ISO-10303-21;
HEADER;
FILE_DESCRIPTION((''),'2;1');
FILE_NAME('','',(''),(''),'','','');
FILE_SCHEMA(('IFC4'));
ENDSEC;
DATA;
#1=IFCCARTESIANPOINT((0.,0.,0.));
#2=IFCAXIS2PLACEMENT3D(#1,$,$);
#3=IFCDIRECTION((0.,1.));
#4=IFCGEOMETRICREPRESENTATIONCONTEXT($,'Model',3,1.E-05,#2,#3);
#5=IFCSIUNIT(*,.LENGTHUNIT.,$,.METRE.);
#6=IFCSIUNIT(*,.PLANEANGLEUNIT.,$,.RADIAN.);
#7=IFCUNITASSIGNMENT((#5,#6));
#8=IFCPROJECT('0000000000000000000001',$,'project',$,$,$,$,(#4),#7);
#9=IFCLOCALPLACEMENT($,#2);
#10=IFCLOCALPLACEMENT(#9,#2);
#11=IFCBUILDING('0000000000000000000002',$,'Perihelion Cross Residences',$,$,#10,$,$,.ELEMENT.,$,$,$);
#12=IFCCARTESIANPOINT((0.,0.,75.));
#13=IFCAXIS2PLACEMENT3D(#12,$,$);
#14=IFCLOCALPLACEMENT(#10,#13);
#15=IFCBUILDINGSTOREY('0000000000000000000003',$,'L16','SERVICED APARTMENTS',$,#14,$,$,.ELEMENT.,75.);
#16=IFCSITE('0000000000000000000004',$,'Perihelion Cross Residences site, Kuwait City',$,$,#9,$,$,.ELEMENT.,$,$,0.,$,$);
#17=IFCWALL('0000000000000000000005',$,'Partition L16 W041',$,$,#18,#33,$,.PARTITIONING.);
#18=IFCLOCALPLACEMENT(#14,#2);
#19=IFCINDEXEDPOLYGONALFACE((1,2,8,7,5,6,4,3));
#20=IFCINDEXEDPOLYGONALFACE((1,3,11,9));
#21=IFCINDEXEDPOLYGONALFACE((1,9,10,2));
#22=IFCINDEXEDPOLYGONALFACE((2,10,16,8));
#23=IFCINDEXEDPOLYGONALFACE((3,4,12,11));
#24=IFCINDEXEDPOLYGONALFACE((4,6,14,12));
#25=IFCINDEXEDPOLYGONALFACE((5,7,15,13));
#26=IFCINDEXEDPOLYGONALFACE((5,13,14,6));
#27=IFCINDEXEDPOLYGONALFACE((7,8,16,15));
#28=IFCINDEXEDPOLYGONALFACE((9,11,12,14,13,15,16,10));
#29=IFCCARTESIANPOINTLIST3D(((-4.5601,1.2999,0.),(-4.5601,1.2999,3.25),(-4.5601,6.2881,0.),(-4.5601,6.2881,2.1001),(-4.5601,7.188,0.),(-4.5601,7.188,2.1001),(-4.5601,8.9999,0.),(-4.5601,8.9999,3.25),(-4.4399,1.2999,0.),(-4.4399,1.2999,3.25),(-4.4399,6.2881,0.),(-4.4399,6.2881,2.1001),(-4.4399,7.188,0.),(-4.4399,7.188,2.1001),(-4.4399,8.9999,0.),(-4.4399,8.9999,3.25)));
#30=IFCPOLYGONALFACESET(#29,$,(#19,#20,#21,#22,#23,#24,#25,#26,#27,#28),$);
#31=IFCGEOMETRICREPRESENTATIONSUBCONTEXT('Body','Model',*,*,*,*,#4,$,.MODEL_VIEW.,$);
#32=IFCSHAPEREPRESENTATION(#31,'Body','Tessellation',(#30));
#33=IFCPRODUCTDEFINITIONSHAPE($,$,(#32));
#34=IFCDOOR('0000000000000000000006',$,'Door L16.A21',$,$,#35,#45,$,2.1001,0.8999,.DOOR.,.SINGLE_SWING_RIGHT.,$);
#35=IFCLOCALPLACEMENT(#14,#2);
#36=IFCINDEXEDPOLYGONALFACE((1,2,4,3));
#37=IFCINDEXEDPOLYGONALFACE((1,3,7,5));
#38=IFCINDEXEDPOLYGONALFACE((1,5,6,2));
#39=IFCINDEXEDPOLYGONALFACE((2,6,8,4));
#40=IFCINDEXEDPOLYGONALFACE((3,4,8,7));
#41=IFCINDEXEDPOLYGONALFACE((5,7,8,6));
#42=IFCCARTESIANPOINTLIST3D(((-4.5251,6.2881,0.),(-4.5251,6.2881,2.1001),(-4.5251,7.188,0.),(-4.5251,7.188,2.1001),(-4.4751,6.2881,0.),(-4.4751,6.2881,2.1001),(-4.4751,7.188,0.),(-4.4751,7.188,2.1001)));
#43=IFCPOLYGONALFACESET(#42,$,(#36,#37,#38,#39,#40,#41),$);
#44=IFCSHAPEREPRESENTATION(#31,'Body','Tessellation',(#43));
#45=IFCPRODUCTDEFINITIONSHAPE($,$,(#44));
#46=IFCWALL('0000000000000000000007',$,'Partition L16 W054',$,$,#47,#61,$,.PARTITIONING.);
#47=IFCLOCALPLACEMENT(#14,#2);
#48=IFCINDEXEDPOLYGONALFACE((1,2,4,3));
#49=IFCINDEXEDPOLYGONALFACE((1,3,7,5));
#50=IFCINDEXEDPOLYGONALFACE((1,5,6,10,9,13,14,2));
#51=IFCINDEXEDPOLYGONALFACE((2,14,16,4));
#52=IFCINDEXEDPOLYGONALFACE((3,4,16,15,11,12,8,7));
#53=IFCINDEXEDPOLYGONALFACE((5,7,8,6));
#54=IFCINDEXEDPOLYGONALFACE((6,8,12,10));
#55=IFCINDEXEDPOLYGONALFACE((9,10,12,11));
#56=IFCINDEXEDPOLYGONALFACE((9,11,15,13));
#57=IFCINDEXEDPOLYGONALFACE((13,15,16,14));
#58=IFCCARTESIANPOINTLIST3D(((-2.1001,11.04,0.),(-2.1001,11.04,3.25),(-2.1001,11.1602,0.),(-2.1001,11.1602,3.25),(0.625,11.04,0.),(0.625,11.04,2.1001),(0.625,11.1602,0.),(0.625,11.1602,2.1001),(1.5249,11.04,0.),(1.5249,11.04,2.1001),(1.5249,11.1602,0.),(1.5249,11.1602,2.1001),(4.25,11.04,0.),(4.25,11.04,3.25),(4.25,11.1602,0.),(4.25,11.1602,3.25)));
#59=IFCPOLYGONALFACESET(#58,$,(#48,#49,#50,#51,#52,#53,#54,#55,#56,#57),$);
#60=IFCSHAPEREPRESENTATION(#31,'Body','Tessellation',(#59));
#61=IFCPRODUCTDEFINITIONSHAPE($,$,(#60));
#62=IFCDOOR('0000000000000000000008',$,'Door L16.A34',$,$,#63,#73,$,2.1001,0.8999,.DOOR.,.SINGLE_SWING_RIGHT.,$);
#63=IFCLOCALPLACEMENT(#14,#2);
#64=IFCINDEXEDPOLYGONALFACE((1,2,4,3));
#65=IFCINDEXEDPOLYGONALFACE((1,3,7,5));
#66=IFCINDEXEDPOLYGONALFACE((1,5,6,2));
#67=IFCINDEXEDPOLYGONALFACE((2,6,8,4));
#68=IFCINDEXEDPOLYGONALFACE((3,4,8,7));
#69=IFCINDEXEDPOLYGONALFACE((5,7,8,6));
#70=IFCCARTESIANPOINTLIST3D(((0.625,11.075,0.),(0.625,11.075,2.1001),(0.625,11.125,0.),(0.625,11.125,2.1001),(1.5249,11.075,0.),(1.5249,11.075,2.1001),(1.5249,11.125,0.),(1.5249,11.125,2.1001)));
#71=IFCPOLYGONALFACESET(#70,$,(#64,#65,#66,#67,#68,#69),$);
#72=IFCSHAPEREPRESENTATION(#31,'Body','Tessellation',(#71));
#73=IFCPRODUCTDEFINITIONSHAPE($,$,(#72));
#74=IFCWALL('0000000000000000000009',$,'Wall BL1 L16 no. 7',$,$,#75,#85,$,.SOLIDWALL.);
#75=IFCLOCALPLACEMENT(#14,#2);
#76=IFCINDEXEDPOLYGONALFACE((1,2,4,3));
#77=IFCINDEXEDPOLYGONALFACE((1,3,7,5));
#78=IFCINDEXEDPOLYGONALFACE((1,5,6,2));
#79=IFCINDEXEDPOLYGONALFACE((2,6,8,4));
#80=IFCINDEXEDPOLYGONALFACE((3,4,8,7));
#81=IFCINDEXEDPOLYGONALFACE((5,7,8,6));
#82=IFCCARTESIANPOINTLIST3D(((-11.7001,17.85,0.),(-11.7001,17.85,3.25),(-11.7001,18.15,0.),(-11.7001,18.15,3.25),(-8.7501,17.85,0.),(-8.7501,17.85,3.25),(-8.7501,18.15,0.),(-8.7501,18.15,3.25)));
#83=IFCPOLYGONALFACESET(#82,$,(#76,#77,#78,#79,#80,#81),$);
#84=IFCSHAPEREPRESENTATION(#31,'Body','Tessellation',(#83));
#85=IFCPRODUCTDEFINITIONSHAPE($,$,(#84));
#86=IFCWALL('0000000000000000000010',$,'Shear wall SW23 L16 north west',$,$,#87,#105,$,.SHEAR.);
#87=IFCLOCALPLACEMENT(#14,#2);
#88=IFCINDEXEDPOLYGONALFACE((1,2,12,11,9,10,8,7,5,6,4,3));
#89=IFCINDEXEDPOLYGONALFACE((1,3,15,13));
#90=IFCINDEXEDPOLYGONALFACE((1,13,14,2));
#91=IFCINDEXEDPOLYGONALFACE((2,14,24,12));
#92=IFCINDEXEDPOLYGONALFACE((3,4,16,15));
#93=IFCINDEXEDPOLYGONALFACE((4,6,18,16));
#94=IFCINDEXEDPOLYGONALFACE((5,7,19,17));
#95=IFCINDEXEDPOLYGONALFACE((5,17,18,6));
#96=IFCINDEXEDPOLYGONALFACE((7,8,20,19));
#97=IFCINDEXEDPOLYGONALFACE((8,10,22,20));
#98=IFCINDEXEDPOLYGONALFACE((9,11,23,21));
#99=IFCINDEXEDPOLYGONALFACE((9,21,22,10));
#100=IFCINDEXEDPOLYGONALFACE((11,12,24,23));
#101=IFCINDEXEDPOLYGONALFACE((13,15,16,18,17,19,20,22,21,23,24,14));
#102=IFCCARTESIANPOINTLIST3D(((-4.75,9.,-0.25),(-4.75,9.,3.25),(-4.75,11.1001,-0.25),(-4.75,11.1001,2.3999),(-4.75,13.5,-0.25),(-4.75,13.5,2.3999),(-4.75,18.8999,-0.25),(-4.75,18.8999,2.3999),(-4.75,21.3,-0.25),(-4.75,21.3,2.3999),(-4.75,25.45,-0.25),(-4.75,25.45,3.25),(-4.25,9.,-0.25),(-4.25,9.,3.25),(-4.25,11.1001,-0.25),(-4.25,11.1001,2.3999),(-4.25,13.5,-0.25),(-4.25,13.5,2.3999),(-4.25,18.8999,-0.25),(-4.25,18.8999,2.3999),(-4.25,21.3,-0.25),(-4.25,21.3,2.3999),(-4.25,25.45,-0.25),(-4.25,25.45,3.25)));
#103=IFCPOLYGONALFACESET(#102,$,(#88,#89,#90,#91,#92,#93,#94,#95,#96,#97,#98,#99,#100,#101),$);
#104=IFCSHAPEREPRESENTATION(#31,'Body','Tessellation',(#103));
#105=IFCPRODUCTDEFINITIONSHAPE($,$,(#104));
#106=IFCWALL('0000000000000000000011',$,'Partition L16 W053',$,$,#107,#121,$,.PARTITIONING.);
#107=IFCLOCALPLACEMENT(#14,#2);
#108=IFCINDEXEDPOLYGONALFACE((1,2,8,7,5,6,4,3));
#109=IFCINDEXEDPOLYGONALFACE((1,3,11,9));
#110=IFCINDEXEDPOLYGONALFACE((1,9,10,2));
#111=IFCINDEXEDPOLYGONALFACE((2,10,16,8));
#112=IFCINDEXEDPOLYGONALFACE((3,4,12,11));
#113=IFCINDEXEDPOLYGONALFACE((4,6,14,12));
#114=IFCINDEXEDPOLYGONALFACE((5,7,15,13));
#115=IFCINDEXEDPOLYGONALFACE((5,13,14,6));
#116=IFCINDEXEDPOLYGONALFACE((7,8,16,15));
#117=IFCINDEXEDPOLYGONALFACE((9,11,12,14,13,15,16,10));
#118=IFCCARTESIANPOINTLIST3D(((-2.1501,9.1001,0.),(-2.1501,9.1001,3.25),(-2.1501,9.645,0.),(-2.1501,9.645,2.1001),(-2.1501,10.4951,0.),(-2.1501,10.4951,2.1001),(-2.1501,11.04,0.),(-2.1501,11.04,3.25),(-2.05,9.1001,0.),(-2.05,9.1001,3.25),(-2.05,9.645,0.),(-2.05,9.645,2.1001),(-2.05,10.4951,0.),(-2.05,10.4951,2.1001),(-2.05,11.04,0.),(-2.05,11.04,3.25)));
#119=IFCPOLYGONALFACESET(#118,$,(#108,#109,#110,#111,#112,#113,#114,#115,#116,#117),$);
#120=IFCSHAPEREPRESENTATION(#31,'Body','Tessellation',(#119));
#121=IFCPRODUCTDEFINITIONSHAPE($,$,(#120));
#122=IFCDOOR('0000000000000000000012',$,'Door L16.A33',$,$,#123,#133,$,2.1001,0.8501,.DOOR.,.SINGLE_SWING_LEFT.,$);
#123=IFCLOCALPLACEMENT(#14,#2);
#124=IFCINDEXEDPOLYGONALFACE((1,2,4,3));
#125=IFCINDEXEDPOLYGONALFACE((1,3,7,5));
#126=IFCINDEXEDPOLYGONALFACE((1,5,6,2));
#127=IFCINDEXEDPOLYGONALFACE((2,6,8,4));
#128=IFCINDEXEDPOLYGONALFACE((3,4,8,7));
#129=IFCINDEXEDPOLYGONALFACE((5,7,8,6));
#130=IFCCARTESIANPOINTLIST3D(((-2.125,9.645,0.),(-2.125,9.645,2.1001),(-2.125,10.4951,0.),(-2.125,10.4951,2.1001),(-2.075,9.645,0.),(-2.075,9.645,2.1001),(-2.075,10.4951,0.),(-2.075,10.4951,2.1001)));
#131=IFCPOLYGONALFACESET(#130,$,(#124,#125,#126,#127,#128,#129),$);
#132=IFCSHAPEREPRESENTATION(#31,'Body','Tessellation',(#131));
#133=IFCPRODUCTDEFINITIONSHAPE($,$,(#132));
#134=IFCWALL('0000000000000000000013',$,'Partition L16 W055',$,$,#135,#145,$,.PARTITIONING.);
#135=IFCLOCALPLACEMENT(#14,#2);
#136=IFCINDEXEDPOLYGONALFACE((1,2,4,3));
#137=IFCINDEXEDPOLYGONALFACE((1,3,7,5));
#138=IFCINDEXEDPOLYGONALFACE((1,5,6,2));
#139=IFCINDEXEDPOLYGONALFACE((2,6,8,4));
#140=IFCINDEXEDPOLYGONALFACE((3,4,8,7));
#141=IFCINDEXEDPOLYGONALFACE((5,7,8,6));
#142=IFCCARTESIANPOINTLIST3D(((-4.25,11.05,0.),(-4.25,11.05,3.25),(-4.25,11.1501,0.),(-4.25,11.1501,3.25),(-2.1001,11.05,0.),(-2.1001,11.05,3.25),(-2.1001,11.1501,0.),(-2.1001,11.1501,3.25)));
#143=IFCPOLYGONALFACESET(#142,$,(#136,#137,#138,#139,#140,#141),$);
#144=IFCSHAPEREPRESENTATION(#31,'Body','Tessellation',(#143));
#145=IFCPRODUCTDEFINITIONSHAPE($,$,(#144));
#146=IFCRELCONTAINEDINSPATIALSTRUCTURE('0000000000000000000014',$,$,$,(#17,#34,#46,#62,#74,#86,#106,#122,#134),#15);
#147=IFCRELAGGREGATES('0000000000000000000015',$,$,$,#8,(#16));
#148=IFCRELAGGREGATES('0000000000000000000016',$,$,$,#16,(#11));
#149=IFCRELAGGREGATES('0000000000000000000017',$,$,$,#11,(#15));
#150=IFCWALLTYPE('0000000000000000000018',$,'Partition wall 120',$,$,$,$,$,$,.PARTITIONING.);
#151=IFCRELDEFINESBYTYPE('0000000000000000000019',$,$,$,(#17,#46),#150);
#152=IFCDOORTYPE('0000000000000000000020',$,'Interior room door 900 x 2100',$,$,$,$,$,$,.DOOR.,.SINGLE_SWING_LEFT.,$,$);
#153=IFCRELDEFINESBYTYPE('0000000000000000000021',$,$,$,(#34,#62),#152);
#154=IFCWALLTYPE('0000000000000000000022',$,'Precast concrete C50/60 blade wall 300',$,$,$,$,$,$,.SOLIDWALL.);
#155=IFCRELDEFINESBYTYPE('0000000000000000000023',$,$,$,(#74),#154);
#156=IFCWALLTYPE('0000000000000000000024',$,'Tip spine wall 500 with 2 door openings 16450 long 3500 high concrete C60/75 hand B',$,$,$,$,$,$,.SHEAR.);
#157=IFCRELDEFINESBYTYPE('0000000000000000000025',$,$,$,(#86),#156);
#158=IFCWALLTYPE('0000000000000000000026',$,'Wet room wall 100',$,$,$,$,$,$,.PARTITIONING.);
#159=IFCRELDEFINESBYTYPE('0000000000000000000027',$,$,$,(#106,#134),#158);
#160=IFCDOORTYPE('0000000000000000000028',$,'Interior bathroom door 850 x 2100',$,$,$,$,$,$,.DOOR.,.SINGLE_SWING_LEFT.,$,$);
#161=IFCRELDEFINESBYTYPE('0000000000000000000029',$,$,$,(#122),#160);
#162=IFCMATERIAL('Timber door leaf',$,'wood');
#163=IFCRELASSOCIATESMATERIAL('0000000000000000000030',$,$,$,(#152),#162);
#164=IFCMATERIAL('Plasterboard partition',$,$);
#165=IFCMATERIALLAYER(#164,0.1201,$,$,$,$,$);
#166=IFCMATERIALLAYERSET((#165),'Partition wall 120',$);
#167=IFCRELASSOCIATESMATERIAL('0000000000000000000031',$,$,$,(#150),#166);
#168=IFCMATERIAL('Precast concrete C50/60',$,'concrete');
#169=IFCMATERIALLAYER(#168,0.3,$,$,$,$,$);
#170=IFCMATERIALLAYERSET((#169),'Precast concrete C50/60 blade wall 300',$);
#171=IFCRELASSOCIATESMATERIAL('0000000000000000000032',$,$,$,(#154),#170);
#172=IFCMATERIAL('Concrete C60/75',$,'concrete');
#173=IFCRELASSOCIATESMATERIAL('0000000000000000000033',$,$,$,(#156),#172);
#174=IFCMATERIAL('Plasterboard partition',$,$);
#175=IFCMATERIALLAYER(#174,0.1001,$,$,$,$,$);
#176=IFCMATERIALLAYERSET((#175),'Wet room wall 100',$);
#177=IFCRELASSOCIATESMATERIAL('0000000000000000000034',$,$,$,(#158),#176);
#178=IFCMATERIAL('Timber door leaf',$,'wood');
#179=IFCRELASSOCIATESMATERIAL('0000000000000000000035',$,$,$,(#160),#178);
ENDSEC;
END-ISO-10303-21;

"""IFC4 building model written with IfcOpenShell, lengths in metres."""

from ifc_helpers import new_model, si_unit, direction, frame, frame_2d, origin, place, context, subcontext, project, spatial, polyline, rectangle, outline, extrude, material, layer, layer_set, material_profile, profile_set, type_object, element, fill, save


model = new_model("IFC4")

# Units and contexts
model_context = context("Model", 3, precision=1e-05, world=origin(), true_north=direction((0.0, 1.0)))
body_context = subcontext(model_context, "Body", "Model", "MODEL_VIEW")
ifc_project = project(units=[si_unit("LENGTHUNIT", "METRE"), si_unit("PLANEANGLEUNIT", "RADIAN")], contexts=[model_context])

# Site, building, storey
site_placement = place(None, origin())
site = spatial("IfcSite", under=ifc_project, at=site_placement, Name="Perihelion Cross Residences site, Kuwait City", CompositionType="ELEMENT", RefElevation=0.0)
building_placement = place(site_placement, origin())
building = spatial("IfcBuilding", under=site, at=building_placement, Name="Perihelion Cross Residences", CompositionType="ELEMENT")
storey_placement = place(building_placement, frame((0.0, 0.0, 75.0)))
storey = spatial("IfcBuildingStorey", under=building, at=storey_placement, Name="L16", Description="SERVICED APARTMENTS", CompositionType="ELEMENT", Elevation=75.0)

# Walls, openings, doors
ifc_material_1 = material(Name="Timber door leaf", Category="wood")
door_type_1 = type_object("IfcDoorType", Name="Interior room door 900 x 2100", OperationType="SINGLE_SWING_LEFT", PredefinedType="DOOR", material=ifc_material_1)
ifc_material_2 = material(Name="Plasterboard partition")
ifc_layer_1 = layer(ifc_material_2, 0.1201)
ifc_layer_set_1 = layer_set([ifc_layer_1], Name="Partition wall 120")
wall_type_1 = type_object("IfcWallType", Name="Partition wall 120", PredefinedType="PARTITIONING", material=ifc_layer_set_1)
wall_1_placement = place(storey_placement, frame((-4.5, 9.0, 0.0), z_axis=(0.0, 0.0, 1.0), x_axis=(0.0, -1.0, 0.0)))
wall_1 = element("IfcWall", 1, at=wall_1_placement, inside=storey, type_object=wall_type_1, Name="Partition L16 W041", PredefinedType="PARTITIONING", context=body_context, shape_type="SweptSolid", body=[
    extrude(rectangle(XDim=7.7, YDim=0.1201, at=frame_2d((3.8501, 0.0))), origin(), (0.0, 0.0, 1.0), 3.25),
])
opening_1_placement = place(wall_1_placement, frame((1.812, 0.0, 0.0)))
opening_1 = element("IfcOpeningElement", 2, at=opening_1_placement, cuts=wall_1, PredefinedType="OPENING", context=body_context, shape_type="SweptSolid", body=[
    extrude(rectangle(XDim=0.8999, YDim=2.1001, at=frame_2d((0.45, 1.05))), frame((0.0, 0.0701, 0.0), z_axis=(0.0, -1.0, 0.0), x_axis=(1.0, 0.0, 0.0)), (0.0, 0.0, 1.0), 0.1401),
])
door_1_placement = place(opening_1_placement, origin())
door_1 = element("IfcDoor", 3, at=door_1_placement, inside=storey, type_object=door_type_1, Name="Door L16.A21", OperationType="SINGLE_SWING_RIGHT", OverallHeight=2.1001, OverallWidth=0.8999, PredefinedType="DOOR", context=body_context, shape_type="SweptSolid", body=[
    extrude(rectangle(XDim=0.8999, YDim=2.1001, at=frame_2d((0.45, 1.05))), frame((0.0, 0.0249, 0.0), z_axis=(0.0, -1.0, 0.0), x_axis=(1.0, 0.0, 0.0)), (0.0, 0.0, 1.0), 0.05),
])
fill(opening_1, door_1)
wall_2_placement = place(storey_placement, frame((-2.1001, 11.1001, 0.0), z_axis=(0.0, 0.0, 1.0), x_axis=(1.0, 0.0, 0.0)))
wall_2 = element("IfcWall", 4, at=wall_2_placement, inside=storey, type_object=wall_type_1, Name="Partition L16 W054", PredefinedType="PARTITIONING", context=body_context, shape_type="SweptSolid", body=[
    extrude(rectangle(XDim=6.3501, YDim=0.1201, at=frame_2d((3.175, 0.0))), origin(), (0.0, 0.0, 1.0), 3.25),
])
opening_2_placement = place(wall_2_placement, frame((2.7251, 0.0, 0.0)))
opening_2 = element("IfcOpeningElement", 5, at=opening_2_placement, cuts=wall_2, PredefinedType="OPENING", context=body_context, shape_type="SweptSolid", body=[
    extrude(rectangle(XDim=0.8999, YDim=2.1001, at=frame_2d((0.45, 1.05))), frame((0.0, 0.0701, 0.0), z_axis=(0.0, -1.0, 0.0), x_axis=(1.0, 0.0, 0.0)), (0.0, 0.0, 1.0), 0.1401),
])
door_2_placement = place(opening_2_placement, origin())
door_2 = element("IfcDoor", 6, at=door_2_placement, inside=storey, type_object=door_type_1, Name="Door L16.A34", OperationType="SINGLE_SWING_RIGHT", OverallHeight=2.1001, OverallWidth=0.8999, PredefinedType="DOOR", context=body_context, shape_type="SweptSolid", body=[
    extrude(rectangle(XDim=0.8999, YDim=2.1001, at=frame_2d((0.45, 1.05))), frame((0.0, 0.0249, 0.0), z_axis=(0.0, -1.0, 0.0), x_axis=(1.0, 0.0, 0.0)), (0.0, 0.0, 1.0), 0.05),
])
fill(opening_2, door_2)

# Walls
ifc_material_3 = material(Name="Precast concrete C50/60", Category="concrete")
ifc_layer_2 = layer(ifc_material_3, 0.3)
ifc_layer_set_2 = layer_set([ifc_layer_2], Name="Precast concrete C50/60 blade wall 300")
wall_type_2 = type_object("IfcWallType", Name="Precast concrete C50/60 blade wall 300", PredefinedType="SOLIDWALL", material=ifc_layer_set_2)
wall_3_placement = place(storey_placement, frame((-8.75, 18.0, 0.0), z_axis=(0.0, 0.0, 1.0), x_axis=(-1.0, 0.0, 0.0)))
element("IfcWall", 7, at=wall_3_placement, inside=storey, type_object=wall_type_2, Name="Wall BL1 L16 no. 7", PredefinedType="SOLIDWALL", context=body_context, shape_type="SweptSolid", body=[
    extrude(rectangle(XDim=2.95, YDim=0.3, at=frame_2d((1.4751, 0.0))), origin(), (0.0, 0.0, 1.0), 3.25),
])
ifc_material_4 = material(Name="Concrete C60/75", Category="concrete")
ifc_material_profile_1 = material_profile(ifc_material_4, outline(polyline([(0.0, 0.0), (2.1001, 0.0), (2.1001, 2.6499), (4.5, 2.6499), (4.5, 0.0), (9.8999, 0.0), (9.8999, 2.6499), (12.3, 2.6499), (12.3, 0.0), (16.45, 0.0), (16.45, 3.5), (0.0, 3.5), (0.0, 0.0)])), Name="Tip spine wall")
ifc_profile_set_1 = profile_set([ifc_material_profile_1], Name="Concrete C60/75")
wall_type_3 = type_object("IfcWallType", Name="Tip spine wall 500 with 2 door openings 16450 long 3500 high concrete C60/75 hand B", PredefinedType="SHEAR", material=ifc_profile_set_1)
wall_4_placement = place(storey_placement, frame((-4.75, 9.0, -0.25), z_axis=(1.0, 0.0, 0.0), x_axis=(0.0, 1.0, 0.0)))
element("IfcWall", 8, at=wall_4_placement, inside=storey, type_object=wall_type_3, Name="Shear wall SW23 L16 north west", PredefinedType="SHEAR", context=body_context, shape_type="SweptSolid", body=[
    extrude(outline(polyline([(0.0, 0.0), (2.1001, 0.0), (2.1001, 2.6499), (4.5, 2.6499), (4.5, 0.0), (9.8999, 0.0), (9.8999, 2.6499), (12.3, 2.6499), (12.3, 0.0), (16.45, 0.0), (16.45, 3.5), (0.0, 3.5), (0.0, 0.0)])), origin(), (0.0, 0.0, 1.0), 0.5),
])

# Wall, opening, door
ifc_material_5 = material(Name="Plasterboard partition")
ifc_layer_3 = layer(ifc_material_5, 0.1001)
ifc_layer_set_3 = layer_set([ifc_layer_3], Name="Wet room wall 100")
wall_type_4 = type_object("IfcWallType", Name="Wet room wall 100", PredefinedType="PARTITIONING", material=ifc_layer_set_3)
wall_5_placement = place(storey_placement, frame((-2.1001, 9.1001, 0.0), z_axis=(0.0, 0.0, 1.0), x_axis=(0.0, 1.0, 0.0)))
wall_5 = element("IfcWall", 9, at=wall_5_placement, inside=storey, type_object=wall_type_4, Name="Partition L16 W053", PredefinedType="PARTITIONING", context=body_context, shape_type="SweptSolid", body=[
    extrude(rectangle(XDim=1.9399, YDim=0.1001, at=frame_2d((0.97, 0.0))), origin(), (0.0, 0.0, 1.0), 3.25),
])
opening_3_placement = place(wall_5_placement, frame((0.5449, 0.0, 0.0)))
opening_3 = element("IfcOpeningElement", 10, at=opening_3_placement, cuts=wall_5, PredefinedType="OPENING", context=body_context, shape_type="SweptSolid", body=[
    extrude(rectangle(XDim=0.8501, YDim=2.1001, at=frame_2d((0.425, 1.05))), frame((0.0, 0.0601, 0.0), z_axis=(0.0, -1.0, 0.0), x_axis=(1.0, 0.0, 0.0)), (0.0, 0.0, 1.0), 0.1201),
])
ifc_material_6 = material(Name="Timber door leaf", Category="wood")
door_type_2 = type_object("IfcDoorType", Name="Interior bathroom door 850 x 2100", OperationType="SINGLE_SWING_LEFT", PredefinedType="DOOR", material=ifc_material_6)
door_3_placement = place(opening_3_placement, origin())
door_3 = element("IfcDoor", 11, at=door_3_placement, inside=storey, type_object=door_type_2, Name="Door L16.A33", OperationType="SINGLE_SWING_LEFT", OverallHeight=2.1001, OverallWidth=0.8501, PredefinedType="DOOR", context=body_context, shape_type="SweptSolid", body=[
    extrude(rectangle(XDim=0.8501, YDim=2.1001, at=frame_2d((0.425, 1.05))), frame((0.0, 0.0249, 0.0), z_axis=(0.0, -1.0, 0.0), x_axis=(1.0, 0.0, 0.0)), (0.0, 0.0, 1.0), 0.05),
])
fill(opening_3, door_3)

# Wall
wall_6_placement = place(storey_placement, frame((-4.25, 11.1001, 0.0), z_axis=(0.0, 0.0, 1.0), x_axis=(1.0, 0.0, 0.0)))
element("IfcWall", 12, at=wall_6_placement, inside=storey, type_object=wall_type_4, Name="Partition L16 W055", PredefinedType="PARTITIONING", context=body_context, shape_type="SweptSolid", body=[
    extrude(rectangle(XDim=2.1499, YDim=0.1001, at=frame_2d((1.075, 0.0))), origin(), (0.0, 0.0, 1.0), 3.25),
])

save(model, "model.ifc")
